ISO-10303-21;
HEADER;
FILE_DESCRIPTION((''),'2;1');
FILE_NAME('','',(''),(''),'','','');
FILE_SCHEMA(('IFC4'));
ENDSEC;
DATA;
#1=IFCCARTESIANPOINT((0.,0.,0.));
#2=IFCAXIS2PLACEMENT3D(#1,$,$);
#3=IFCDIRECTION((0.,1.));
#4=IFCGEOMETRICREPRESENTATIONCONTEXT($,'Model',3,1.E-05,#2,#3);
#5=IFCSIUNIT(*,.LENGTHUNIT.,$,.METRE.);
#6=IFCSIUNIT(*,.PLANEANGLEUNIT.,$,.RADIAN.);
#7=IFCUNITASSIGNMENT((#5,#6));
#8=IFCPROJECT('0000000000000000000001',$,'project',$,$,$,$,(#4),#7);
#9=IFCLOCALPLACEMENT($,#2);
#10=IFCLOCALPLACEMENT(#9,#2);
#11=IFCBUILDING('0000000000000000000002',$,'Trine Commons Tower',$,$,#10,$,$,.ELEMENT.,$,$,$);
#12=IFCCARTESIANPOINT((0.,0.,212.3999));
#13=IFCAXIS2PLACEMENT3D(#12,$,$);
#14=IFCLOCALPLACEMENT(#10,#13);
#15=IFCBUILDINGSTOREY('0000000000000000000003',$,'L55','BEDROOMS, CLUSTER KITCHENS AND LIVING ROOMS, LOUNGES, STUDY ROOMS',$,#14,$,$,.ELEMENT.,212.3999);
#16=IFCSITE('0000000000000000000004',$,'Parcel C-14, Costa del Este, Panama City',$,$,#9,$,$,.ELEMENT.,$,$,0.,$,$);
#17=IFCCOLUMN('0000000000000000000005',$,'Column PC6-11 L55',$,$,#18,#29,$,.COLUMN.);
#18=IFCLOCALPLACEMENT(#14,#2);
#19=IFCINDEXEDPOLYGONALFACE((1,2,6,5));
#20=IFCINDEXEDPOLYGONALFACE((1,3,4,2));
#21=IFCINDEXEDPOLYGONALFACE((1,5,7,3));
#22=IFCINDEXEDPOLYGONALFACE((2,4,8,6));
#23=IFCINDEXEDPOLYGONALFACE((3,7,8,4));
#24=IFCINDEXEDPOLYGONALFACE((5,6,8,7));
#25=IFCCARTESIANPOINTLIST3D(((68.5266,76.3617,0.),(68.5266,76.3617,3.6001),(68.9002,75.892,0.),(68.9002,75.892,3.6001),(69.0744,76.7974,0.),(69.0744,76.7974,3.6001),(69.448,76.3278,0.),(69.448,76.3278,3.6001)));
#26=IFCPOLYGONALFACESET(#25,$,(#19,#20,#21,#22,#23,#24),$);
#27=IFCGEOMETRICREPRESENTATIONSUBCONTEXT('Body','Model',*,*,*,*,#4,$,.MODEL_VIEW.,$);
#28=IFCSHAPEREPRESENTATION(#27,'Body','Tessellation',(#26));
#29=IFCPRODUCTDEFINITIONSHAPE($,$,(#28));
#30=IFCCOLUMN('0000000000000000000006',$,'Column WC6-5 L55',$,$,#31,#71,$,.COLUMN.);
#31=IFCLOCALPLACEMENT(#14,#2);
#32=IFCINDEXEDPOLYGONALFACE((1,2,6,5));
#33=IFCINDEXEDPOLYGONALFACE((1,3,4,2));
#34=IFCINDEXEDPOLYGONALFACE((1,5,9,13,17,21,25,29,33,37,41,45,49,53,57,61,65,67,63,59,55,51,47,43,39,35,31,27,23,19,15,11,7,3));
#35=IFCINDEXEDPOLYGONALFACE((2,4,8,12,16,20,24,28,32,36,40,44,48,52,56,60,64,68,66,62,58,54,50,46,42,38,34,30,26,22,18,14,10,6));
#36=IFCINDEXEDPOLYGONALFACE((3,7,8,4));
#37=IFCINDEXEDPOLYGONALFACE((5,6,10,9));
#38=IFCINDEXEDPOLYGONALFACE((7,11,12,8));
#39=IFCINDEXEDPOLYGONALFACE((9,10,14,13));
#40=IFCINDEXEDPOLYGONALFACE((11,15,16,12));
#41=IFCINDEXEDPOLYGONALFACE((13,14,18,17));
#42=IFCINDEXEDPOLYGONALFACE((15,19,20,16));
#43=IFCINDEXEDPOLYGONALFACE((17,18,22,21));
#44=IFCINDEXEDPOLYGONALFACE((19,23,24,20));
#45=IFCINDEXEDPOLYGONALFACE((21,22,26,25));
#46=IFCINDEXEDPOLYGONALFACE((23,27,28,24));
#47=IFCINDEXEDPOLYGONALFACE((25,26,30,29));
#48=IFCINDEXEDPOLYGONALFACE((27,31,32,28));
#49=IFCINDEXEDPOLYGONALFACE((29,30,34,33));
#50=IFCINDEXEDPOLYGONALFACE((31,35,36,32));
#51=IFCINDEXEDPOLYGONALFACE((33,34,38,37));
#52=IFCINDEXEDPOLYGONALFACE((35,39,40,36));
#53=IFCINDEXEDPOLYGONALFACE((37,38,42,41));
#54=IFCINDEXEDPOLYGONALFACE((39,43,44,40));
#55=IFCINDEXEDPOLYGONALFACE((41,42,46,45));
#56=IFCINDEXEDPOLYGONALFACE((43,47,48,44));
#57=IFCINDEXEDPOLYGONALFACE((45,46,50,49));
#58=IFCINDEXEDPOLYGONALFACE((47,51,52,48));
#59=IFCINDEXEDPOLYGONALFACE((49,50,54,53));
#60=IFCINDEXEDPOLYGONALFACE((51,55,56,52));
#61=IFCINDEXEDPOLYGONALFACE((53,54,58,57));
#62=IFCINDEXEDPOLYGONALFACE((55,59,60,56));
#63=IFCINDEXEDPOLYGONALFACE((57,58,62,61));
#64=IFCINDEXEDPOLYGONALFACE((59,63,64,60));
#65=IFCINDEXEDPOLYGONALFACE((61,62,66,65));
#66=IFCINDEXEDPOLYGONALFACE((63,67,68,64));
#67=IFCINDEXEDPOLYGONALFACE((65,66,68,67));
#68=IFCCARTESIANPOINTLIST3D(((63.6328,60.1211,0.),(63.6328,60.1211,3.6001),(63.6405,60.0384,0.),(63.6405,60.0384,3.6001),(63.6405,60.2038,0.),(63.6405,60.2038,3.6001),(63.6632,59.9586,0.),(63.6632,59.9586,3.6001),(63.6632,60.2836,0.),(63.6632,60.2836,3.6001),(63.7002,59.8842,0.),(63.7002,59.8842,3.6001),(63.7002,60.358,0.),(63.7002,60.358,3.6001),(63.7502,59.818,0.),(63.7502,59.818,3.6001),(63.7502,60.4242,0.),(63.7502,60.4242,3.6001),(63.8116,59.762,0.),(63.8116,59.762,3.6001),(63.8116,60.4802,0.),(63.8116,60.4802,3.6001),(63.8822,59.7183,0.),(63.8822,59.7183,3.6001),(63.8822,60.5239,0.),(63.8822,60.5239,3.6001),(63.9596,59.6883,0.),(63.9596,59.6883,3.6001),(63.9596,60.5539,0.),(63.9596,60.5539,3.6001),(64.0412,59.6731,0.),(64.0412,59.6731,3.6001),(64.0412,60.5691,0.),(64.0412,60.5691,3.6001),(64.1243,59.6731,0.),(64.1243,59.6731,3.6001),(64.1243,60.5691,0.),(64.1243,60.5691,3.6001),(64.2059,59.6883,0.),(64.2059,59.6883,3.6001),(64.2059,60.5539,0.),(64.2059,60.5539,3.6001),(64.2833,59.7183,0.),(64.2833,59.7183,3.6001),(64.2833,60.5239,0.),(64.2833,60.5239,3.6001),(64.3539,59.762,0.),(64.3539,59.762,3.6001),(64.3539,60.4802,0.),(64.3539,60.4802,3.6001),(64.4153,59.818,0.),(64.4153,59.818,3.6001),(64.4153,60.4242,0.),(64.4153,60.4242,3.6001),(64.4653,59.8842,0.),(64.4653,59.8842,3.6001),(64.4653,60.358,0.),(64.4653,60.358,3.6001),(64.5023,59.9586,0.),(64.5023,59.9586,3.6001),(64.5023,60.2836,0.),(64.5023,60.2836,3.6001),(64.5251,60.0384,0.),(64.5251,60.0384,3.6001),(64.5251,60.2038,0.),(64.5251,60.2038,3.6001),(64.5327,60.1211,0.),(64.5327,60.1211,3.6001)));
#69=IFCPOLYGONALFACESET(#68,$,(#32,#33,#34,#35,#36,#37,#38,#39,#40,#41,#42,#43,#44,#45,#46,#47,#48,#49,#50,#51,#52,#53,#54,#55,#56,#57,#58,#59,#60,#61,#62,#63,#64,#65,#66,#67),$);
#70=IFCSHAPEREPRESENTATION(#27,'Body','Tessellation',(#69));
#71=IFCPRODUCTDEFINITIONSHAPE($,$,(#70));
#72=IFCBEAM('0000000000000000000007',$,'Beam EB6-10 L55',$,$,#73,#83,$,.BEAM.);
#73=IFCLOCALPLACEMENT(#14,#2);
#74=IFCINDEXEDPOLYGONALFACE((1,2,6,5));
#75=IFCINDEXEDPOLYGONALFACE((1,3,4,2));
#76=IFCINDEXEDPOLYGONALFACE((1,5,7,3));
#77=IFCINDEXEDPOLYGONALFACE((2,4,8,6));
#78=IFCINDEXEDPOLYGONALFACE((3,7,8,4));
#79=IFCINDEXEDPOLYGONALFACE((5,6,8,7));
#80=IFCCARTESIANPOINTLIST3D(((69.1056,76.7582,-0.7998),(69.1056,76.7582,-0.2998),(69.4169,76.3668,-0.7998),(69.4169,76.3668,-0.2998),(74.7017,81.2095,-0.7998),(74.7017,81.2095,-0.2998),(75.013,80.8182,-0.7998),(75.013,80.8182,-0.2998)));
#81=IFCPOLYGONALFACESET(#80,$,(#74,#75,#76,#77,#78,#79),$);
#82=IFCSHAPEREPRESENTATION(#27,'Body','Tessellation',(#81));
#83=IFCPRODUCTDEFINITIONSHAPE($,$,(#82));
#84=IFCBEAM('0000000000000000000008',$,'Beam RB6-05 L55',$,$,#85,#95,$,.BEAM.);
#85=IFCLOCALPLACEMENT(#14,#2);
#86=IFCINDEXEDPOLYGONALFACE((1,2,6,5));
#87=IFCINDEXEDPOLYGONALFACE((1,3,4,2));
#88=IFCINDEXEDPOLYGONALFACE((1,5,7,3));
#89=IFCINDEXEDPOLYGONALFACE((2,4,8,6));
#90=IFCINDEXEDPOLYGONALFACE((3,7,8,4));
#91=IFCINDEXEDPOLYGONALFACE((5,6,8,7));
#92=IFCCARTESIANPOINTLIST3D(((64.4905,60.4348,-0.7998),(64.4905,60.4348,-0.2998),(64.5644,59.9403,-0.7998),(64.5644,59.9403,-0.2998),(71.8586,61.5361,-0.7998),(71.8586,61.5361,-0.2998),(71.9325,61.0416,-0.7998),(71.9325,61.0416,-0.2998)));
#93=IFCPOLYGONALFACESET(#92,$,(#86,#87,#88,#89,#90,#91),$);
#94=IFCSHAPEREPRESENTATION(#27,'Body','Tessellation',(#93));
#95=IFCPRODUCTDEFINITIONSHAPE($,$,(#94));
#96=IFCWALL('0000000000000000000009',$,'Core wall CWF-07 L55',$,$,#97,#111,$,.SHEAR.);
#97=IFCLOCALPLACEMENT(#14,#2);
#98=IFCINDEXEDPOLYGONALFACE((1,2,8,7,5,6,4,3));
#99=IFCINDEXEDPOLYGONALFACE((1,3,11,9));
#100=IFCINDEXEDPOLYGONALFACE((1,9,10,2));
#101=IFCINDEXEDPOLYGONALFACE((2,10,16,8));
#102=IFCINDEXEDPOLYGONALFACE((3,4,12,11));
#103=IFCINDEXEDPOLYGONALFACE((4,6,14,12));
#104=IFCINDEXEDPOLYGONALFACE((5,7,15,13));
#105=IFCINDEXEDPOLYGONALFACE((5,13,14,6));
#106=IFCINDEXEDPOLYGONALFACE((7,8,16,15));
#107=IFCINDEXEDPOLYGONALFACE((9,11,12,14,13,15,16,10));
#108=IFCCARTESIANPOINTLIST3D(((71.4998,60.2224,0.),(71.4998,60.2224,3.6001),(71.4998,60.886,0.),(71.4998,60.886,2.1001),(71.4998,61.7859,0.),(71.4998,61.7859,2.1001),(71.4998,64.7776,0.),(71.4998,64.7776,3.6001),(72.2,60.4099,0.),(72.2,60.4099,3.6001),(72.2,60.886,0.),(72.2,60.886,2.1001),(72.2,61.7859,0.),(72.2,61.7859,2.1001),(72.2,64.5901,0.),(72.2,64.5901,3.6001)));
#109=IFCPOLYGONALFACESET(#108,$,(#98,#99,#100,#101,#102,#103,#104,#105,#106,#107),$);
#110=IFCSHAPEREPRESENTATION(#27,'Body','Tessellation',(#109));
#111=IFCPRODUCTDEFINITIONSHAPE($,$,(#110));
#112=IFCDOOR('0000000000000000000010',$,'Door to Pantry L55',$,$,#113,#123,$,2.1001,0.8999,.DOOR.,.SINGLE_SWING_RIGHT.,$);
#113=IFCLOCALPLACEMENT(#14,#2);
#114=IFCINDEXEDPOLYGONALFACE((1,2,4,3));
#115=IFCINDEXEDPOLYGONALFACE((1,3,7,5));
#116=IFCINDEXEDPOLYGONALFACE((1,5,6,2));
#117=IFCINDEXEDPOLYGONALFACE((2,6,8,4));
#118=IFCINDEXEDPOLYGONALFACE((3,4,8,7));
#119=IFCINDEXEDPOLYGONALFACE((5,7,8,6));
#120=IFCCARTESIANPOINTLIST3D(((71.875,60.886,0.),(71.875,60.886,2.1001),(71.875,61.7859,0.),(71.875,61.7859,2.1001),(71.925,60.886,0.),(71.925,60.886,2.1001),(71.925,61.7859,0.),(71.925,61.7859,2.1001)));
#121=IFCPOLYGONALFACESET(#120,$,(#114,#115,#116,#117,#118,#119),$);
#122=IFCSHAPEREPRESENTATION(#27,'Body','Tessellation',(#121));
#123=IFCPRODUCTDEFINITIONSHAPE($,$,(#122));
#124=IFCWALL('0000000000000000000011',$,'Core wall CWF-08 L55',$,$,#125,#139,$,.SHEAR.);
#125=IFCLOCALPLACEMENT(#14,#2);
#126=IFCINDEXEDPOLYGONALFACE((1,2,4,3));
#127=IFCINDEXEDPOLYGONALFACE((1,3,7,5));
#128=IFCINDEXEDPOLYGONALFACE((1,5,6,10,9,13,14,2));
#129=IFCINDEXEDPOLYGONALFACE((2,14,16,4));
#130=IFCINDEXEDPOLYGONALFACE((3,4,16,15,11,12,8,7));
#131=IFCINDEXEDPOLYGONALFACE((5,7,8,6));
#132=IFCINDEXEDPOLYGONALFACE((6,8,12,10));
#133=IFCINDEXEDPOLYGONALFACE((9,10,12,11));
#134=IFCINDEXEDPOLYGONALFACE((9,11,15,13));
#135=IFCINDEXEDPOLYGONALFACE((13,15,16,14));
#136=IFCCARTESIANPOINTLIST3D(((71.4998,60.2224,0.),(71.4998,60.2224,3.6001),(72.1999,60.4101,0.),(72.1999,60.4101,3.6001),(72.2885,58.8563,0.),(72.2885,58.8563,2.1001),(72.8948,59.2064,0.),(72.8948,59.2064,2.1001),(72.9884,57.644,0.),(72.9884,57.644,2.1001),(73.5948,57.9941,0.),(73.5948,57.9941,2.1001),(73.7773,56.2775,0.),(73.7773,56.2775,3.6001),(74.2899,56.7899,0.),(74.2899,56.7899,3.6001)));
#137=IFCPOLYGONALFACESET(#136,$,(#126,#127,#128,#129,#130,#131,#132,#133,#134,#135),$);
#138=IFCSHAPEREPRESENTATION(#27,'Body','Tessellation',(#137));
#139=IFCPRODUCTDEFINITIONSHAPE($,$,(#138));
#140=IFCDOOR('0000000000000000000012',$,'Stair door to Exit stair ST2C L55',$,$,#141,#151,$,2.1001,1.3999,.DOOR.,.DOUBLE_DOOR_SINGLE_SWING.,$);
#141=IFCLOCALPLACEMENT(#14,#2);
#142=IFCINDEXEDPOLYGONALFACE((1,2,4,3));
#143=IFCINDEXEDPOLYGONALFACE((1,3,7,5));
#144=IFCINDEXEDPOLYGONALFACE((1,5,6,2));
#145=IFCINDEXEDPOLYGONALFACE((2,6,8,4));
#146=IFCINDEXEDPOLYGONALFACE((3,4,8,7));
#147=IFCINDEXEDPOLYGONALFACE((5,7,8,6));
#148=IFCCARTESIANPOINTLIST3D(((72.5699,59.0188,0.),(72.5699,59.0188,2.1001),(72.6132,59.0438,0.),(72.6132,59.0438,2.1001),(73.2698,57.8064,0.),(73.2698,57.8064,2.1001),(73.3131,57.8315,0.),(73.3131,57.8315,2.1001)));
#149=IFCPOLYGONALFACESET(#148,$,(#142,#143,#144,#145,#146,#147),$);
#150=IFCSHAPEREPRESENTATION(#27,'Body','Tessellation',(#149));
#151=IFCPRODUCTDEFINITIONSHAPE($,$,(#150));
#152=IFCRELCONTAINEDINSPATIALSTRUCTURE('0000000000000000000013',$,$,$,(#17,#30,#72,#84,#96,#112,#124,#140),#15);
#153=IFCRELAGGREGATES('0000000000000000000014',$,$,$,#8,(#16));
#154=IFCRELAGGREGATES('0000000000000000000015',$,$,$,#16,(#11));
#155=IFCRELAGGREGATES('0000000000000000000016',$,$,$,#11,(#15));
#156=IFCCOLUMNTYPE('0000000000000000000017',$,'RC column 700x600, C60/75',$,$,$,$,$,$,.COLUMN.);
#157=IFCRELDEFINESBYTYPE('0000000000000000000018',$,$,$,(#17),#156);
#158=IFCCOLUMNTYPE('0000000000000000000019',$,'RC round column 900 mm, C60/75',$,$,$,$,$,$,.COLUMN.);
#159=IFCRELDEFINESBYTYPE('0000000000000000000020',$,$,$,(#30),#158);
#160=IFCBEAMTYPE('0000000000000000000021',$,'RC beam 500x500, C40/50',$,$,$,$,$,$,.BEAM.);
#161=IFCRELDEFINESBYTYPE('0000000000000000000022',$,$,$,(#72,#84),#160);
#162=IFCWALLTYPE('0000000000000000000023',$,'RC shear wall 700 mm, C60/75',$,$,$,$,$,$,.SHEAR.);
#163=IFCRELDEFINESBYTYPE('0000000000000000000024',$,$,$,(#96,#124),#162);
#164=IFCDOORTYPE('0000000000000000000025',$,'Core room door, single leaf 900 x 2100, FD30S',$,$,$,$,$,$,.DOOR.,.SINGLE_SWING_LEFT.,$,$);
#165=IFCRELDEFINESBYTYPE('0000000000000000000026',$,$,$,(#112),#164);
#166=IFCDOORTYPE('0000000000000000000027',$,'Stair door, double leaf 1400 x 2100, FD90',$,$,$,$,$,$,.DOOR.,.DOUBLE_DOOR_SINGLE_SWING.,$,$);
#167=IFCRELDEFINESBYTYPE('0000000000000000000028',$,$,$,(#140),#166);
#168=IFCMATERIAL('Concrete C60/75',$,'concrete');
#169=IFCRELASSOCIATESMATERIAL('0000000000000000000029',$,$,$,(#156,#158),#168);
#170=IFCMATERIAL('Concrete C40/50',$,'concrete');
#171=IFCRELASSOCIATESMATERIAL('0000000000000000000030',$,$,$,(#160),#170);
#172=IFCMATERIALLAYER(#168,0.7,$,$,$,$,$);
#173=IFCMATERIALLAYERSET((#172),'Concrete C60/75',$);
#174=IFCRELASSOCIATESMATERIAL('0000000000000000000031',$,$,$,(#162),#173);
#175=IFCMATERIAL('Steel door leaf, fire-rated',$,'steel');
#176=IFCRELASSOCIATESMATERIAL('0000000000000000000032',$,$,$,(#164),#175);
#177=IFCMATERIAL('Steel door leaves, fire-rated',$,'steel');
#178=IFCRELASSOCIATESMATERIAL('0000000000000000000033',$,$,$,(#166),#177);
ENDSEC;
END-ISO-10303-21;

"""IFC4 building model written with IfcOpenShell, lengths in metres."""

from ifc_helpers import new_model, si_unit, direction, frame, frame_2d, origin, origin_2d, place, context, subcontext, project, spatial, polyline, rectangle, circle, outline, extrude, material, layer, layer_set, material_profile, profile_set, type_object, element, fill, save


model = new_model("IFC4")

# Units and contexts
model_context = context("Model", 3, precision=1e-05, world=origin(), true_north=direction((0.0, 1.0)))
body_context = subcontext(model_context, "Body", "Model", "MODEL_VIEW")
ifc_project = project(units=[si_unit("LENGTHUNIT", "METRE"), si_unit("PLANEANGLEUNIT", "RADIAN")], contexts=[model_context])

# Site, building, storey
site_placement = place(None, origin())
site = spatial("IfcSite", under=ifc_project, at=site_placement, Name="Parcel C-14, Costa del Este, Panama City", CompositionType="ELEMENT", RefElevation=0.0)
building_placement = place(site_placement, origin())
building = spatial("IfcBuilding", under=site, at=building_placement, Name="Trine Commons Tower", CompositionType="ELEMENT")
storey_placement = place(building_placement, frame((0.0, 0.0, 212.3999)))
storey = spatial("IfcBuildingStorey", under=building, at=storey_placement, Name="L55", Description="BEDROOMS, CLUSTER KITCHENS AND LIVING ROOMS, LOUNGES, STUDY ROOMS", CompositionType="ELEMENT", Elevation=212.3999)

# Columns
ifc_material_1 = material(Name="Concrete C60/75", Category="concrete")
ifc_material_profile_1 = material_profile(ifc_material_1, rectangle(XDim=0.7, YDim=0.6001, at=origin_2d()), Name="RC 700x600")
ifc_profile_set_1 = profile_set([ifc_material_profile_1], Name="Concrete C60/75")
column_type_1 = type_object("IfcColumnType", Name="RC column 700x600, C60/75", PredefinedType="COLUMN", material=ifc_profile_set_1)
column_1_placement = place(storey_placement, frame((68.9873, 76.3447, 0.0), z_axis=(0.0, 0.0, 1.0), x_axis=(0.782608, 0.622515, 0.0)))
element("IfcColumn", 1, at=column_1_placement, inside=storey, type_object=column_type_1, Name="Column PC6-11 L55", PredefinedType="COLUMN", context=body_context, shape_type="SweptSolid", body=[
    extrude(rectangle(XDim=0.7, YDim=0.6001, at=origin_2d()), origin(), (0.0, 0.0, 1.0), 3.6001),
])
ifc_material_profile_2 = material_profile(ifc_material_1, circle(Radius=0.45, at=origin_2d()), Name="RC round 900")
ifc_profile_set_2 = profile_set([ifc_material_profile_2], Name="Concrete C60/75")
column_type_2 = type_object("IfcColumnType", Name="RC round column 900 mm, C60/75", PredefinedType="COLUMN", material=ifc_profile_set_2)
column_2_placement = place(storey_placement, frame((64.0828, 60.1211, 0.0), z_axis=(0.0, 0.0, 1.0), x_axis=(1.0, 0.0, 0.0)))
element("IfcColumn", 2, at=column_2_placement, inside=storey, type_object=column_type_2, Name="Column WC6-5 L55", PredefinedType="COLUMN", context=body_context, shape_type="SweptSolid", body=[
    extrude(circle(Radius=0.45, at=origin_2d()), origin(), (0.0, 0.0, 1.0), 3.6001),
])

# Beams
ifc_material_2 = material(Name="Concrete C40/50", Category="concrete")
ifc_material_profile_3 = material_profile(ifc_material_2, rectangle(XDim=0.5, YDim=0.5, at=origin_2d()), Name="RC 500x500")
ifc_profile_set_3 = profile_set([ifc_material_profile_3], Name="Concrete C40/50")
beam_type = type_object("IfcBeamType", Name="RC beam 500x500, C40/50", PredefinedType="BEAM", material=ifc_profile_set_3)
beam_1_placement = place(storey_placement, frame((69.2612, 76.5625, -0.5498), z_axis=(0.782608, 0.622515, 0.0), x_axis=(-0.622515, 0.782608, 0.0)))
element("IfcBeam", 3, at=beam_1_placement, inside=storey, type_object=beam_type, Name="Beam EB6-10 L55", PredefinedType="BEAM", context=body_context, shape_type="SweptSolid", body=[
    extrude(rectangle(XDim=0.5, YDim=0.5, at=origin_2d()), origin(), (0.0, 0.0, 1.0), 7.1506),
])
beam_2_placement = place(storey_placement, frame((71.8955, 61.2888, -0.5498), z_axis=(-0.989013, -0.147828, 0.0), x_axis=(0.147828, -0.989013, 0.0)))
element("IfcBeam", 4, at=beam_2_placement, inside=storey, type_object=beam_type, Name="Beam RB6-05 L55", PredefinedType="BEAM", context=body_context, shape_type="SweptSolid", body=[
    extrude(rectangle(XDim=0.5, YDim=0.5, at=origin_2d()), origin(), (0.0, 0.0, 1.0), 7.45),
])

# Walls, openings, doors
ifc_layer_1 = layer(ifc_material_1, 0.7)
ifc_layer_set_1 = layer_set([ifc_layer_1], Name="Concrete C60/75")
wall_type_1 = type_object("IfcWallType", Name="RC shear wall 700 mm, C60/75", PredefinedType="SHEAR", material=ifc_layer_set_1)
wall_1_placement = place(storey_placement, frame((71.8499, 64.7776, 0.0), z_axis=(0.0, 0.0, 1.0), x_axis=(0.0, -1.0, 0.0)))
wall_1 = element("IfcWall", 5, at=wall_1_placement, inside=storey, type_object=wall_type_1, Name="Core wall CWF-07 L55", PredefinedType="SHEAR", context=body_context, shape_type="SweptSolid", body=[
    extrude(outline(polyline([(0.0, -0.3501), (4.5552, -0.3501), (4.3677, 0.3501), (0.1875, 0.3501), (0.0, -0.3501)])), origin(), (0.0, 0.0, 1.0), 3.6001),
])
opening_1_placement = place(wall_1_placement, frame((2.9917, 0.0, 0.0)))
opening_1 = element("IfcOpeningElement", 6, at=opening_1_placement, cuts=wall_1, PredefinedType="OPENING", context=body_context, shape_type="SweptSolid", body=[
    extrude(rectangle(XDim=0.8999, YDim=2.1001, at=frame_2d((0.45, 1.05))), frame((0.0, 0.3599, 0.0), z_axis=(0.0, -1.0, 0.0), x_axis=(1.0, 0.0, 0.0)), (0.0, 0.0, 1.0), 0.72),
])
ifc_material_3 = material(Name="Steel door leaf, fire-rated", Category="steel")
door_type_1 = type_object("IfcDoorType", Name="Core room door, single leaf 900 x 2100, FD30S", OperationType="SINGLE_SWING_LEFT", PredefinedType="DOOR", material=ifc_material_3)
door_1_placement = place(opening_1_placement, origin())
door_1 = element("IfcDoor", 7, at=door_1_placement, inside=storey, type_object=door_type_1, Name="Door to Pantry L55", OperationType="SINGLE_SWING_RIGHT", OverallHeight=2.1001, OverallWidth=0.8999, PredefinedType="DOOR", context=body_context, shape_type="SweptSolid", body=[
    extrude(rectangle(XDim=0.8999, YDim=2.1001, at=frame_2d((0.45, 1.05))), frame((0.0, 0.0752, 0.0), z_axis=(0.0, -1.0, 0.0), x_axis=(1.0, 0.0, 0.0)), (0.0, 0.0, 1.0), 0.05),
])
fill(opening_1, door_1)
wall_2_placement = place(storey_placement, frame((71.803, 60.3975, 0.0), z_axis=(0.0, 0.0, 1.0), x_axis=(0.499984, -0.866035, 0.0)))
wall_2 = element("IfcWall", 8, at=wall_2_placement, inside=storey, type_object=wall_type_1, Name="Core wall CWF-08 L55", PredefinedType="SHEAR", context=body_context, shape_type="SweptSolid", body=[
    extrude(outline(polyline([(0.0, -0.3501), (4.5552, -0.3501), (4.3677, 0.3501), (0.1875, 0.3501), (0.0, -0.3501)])), origin(), (0.0, 0.0, 1.0), 3.6001),
])
opening_2_placement = place(wall_2_placement, frame((1.5774, 0.0, 0.0)))
opening_2 = element("IfcOpeningElement", 9, at=opening_2_placement, cuts=wall_2, PredefinedType="OPENING", context=body_context, shape_type="SweptSolid", body=[
    extrude(rectangle(XDim=1.3999, YDim=2.1001, at=frame_2d((0.7, 1.05))), frame((0.0, 0.3599, 0.0), z_axis=(0.0, -1.0, 0.0), x_axis=(1.0, 0.0, 0.0)), (0.0, 0.0, 1.0), 0.72),
])
ifc_material_4 = material(Name="Steel door leaves, fire-rated", Category="steel")
door_type_2 = type_object("IfcDoorType", Name="Stair door, double leaf 1400 x 2100, FD90", OperationType="DOUBLE_DOOR_SINGLE_SWING", PredefinedType="DOOR", material=ifc_material_4)
door_2_placement = place(opening_2_placement, origin())
door_2 = element("IfcDoor", 10, at=door_2_placement, inside=storey, type_object=door_type_2, Name="Stair door to Exit stair ST2C L55", OperationType="DOUBLE_DOOR_SINGLE_SWING", OverallHeight=2.1001, OverallWidth=1.3999, PredefinedType="DOOR", context=body_context, shape_type="SweptSolid", body=[
    extrude(rectangle(XDim=1.3999, YDim=2.1001, at=frame_2d((0.7, 1.05))), frame((0.0, 0.0249, 0.0), z_axis=(0.0, -1.0, 0.0), x_axis=(1.0, 0.0, 0.0)), (0.0, 0.0, 1.0), 0.05),
])
fill(opening_2, door_2)

save(model, "model.ifc")
